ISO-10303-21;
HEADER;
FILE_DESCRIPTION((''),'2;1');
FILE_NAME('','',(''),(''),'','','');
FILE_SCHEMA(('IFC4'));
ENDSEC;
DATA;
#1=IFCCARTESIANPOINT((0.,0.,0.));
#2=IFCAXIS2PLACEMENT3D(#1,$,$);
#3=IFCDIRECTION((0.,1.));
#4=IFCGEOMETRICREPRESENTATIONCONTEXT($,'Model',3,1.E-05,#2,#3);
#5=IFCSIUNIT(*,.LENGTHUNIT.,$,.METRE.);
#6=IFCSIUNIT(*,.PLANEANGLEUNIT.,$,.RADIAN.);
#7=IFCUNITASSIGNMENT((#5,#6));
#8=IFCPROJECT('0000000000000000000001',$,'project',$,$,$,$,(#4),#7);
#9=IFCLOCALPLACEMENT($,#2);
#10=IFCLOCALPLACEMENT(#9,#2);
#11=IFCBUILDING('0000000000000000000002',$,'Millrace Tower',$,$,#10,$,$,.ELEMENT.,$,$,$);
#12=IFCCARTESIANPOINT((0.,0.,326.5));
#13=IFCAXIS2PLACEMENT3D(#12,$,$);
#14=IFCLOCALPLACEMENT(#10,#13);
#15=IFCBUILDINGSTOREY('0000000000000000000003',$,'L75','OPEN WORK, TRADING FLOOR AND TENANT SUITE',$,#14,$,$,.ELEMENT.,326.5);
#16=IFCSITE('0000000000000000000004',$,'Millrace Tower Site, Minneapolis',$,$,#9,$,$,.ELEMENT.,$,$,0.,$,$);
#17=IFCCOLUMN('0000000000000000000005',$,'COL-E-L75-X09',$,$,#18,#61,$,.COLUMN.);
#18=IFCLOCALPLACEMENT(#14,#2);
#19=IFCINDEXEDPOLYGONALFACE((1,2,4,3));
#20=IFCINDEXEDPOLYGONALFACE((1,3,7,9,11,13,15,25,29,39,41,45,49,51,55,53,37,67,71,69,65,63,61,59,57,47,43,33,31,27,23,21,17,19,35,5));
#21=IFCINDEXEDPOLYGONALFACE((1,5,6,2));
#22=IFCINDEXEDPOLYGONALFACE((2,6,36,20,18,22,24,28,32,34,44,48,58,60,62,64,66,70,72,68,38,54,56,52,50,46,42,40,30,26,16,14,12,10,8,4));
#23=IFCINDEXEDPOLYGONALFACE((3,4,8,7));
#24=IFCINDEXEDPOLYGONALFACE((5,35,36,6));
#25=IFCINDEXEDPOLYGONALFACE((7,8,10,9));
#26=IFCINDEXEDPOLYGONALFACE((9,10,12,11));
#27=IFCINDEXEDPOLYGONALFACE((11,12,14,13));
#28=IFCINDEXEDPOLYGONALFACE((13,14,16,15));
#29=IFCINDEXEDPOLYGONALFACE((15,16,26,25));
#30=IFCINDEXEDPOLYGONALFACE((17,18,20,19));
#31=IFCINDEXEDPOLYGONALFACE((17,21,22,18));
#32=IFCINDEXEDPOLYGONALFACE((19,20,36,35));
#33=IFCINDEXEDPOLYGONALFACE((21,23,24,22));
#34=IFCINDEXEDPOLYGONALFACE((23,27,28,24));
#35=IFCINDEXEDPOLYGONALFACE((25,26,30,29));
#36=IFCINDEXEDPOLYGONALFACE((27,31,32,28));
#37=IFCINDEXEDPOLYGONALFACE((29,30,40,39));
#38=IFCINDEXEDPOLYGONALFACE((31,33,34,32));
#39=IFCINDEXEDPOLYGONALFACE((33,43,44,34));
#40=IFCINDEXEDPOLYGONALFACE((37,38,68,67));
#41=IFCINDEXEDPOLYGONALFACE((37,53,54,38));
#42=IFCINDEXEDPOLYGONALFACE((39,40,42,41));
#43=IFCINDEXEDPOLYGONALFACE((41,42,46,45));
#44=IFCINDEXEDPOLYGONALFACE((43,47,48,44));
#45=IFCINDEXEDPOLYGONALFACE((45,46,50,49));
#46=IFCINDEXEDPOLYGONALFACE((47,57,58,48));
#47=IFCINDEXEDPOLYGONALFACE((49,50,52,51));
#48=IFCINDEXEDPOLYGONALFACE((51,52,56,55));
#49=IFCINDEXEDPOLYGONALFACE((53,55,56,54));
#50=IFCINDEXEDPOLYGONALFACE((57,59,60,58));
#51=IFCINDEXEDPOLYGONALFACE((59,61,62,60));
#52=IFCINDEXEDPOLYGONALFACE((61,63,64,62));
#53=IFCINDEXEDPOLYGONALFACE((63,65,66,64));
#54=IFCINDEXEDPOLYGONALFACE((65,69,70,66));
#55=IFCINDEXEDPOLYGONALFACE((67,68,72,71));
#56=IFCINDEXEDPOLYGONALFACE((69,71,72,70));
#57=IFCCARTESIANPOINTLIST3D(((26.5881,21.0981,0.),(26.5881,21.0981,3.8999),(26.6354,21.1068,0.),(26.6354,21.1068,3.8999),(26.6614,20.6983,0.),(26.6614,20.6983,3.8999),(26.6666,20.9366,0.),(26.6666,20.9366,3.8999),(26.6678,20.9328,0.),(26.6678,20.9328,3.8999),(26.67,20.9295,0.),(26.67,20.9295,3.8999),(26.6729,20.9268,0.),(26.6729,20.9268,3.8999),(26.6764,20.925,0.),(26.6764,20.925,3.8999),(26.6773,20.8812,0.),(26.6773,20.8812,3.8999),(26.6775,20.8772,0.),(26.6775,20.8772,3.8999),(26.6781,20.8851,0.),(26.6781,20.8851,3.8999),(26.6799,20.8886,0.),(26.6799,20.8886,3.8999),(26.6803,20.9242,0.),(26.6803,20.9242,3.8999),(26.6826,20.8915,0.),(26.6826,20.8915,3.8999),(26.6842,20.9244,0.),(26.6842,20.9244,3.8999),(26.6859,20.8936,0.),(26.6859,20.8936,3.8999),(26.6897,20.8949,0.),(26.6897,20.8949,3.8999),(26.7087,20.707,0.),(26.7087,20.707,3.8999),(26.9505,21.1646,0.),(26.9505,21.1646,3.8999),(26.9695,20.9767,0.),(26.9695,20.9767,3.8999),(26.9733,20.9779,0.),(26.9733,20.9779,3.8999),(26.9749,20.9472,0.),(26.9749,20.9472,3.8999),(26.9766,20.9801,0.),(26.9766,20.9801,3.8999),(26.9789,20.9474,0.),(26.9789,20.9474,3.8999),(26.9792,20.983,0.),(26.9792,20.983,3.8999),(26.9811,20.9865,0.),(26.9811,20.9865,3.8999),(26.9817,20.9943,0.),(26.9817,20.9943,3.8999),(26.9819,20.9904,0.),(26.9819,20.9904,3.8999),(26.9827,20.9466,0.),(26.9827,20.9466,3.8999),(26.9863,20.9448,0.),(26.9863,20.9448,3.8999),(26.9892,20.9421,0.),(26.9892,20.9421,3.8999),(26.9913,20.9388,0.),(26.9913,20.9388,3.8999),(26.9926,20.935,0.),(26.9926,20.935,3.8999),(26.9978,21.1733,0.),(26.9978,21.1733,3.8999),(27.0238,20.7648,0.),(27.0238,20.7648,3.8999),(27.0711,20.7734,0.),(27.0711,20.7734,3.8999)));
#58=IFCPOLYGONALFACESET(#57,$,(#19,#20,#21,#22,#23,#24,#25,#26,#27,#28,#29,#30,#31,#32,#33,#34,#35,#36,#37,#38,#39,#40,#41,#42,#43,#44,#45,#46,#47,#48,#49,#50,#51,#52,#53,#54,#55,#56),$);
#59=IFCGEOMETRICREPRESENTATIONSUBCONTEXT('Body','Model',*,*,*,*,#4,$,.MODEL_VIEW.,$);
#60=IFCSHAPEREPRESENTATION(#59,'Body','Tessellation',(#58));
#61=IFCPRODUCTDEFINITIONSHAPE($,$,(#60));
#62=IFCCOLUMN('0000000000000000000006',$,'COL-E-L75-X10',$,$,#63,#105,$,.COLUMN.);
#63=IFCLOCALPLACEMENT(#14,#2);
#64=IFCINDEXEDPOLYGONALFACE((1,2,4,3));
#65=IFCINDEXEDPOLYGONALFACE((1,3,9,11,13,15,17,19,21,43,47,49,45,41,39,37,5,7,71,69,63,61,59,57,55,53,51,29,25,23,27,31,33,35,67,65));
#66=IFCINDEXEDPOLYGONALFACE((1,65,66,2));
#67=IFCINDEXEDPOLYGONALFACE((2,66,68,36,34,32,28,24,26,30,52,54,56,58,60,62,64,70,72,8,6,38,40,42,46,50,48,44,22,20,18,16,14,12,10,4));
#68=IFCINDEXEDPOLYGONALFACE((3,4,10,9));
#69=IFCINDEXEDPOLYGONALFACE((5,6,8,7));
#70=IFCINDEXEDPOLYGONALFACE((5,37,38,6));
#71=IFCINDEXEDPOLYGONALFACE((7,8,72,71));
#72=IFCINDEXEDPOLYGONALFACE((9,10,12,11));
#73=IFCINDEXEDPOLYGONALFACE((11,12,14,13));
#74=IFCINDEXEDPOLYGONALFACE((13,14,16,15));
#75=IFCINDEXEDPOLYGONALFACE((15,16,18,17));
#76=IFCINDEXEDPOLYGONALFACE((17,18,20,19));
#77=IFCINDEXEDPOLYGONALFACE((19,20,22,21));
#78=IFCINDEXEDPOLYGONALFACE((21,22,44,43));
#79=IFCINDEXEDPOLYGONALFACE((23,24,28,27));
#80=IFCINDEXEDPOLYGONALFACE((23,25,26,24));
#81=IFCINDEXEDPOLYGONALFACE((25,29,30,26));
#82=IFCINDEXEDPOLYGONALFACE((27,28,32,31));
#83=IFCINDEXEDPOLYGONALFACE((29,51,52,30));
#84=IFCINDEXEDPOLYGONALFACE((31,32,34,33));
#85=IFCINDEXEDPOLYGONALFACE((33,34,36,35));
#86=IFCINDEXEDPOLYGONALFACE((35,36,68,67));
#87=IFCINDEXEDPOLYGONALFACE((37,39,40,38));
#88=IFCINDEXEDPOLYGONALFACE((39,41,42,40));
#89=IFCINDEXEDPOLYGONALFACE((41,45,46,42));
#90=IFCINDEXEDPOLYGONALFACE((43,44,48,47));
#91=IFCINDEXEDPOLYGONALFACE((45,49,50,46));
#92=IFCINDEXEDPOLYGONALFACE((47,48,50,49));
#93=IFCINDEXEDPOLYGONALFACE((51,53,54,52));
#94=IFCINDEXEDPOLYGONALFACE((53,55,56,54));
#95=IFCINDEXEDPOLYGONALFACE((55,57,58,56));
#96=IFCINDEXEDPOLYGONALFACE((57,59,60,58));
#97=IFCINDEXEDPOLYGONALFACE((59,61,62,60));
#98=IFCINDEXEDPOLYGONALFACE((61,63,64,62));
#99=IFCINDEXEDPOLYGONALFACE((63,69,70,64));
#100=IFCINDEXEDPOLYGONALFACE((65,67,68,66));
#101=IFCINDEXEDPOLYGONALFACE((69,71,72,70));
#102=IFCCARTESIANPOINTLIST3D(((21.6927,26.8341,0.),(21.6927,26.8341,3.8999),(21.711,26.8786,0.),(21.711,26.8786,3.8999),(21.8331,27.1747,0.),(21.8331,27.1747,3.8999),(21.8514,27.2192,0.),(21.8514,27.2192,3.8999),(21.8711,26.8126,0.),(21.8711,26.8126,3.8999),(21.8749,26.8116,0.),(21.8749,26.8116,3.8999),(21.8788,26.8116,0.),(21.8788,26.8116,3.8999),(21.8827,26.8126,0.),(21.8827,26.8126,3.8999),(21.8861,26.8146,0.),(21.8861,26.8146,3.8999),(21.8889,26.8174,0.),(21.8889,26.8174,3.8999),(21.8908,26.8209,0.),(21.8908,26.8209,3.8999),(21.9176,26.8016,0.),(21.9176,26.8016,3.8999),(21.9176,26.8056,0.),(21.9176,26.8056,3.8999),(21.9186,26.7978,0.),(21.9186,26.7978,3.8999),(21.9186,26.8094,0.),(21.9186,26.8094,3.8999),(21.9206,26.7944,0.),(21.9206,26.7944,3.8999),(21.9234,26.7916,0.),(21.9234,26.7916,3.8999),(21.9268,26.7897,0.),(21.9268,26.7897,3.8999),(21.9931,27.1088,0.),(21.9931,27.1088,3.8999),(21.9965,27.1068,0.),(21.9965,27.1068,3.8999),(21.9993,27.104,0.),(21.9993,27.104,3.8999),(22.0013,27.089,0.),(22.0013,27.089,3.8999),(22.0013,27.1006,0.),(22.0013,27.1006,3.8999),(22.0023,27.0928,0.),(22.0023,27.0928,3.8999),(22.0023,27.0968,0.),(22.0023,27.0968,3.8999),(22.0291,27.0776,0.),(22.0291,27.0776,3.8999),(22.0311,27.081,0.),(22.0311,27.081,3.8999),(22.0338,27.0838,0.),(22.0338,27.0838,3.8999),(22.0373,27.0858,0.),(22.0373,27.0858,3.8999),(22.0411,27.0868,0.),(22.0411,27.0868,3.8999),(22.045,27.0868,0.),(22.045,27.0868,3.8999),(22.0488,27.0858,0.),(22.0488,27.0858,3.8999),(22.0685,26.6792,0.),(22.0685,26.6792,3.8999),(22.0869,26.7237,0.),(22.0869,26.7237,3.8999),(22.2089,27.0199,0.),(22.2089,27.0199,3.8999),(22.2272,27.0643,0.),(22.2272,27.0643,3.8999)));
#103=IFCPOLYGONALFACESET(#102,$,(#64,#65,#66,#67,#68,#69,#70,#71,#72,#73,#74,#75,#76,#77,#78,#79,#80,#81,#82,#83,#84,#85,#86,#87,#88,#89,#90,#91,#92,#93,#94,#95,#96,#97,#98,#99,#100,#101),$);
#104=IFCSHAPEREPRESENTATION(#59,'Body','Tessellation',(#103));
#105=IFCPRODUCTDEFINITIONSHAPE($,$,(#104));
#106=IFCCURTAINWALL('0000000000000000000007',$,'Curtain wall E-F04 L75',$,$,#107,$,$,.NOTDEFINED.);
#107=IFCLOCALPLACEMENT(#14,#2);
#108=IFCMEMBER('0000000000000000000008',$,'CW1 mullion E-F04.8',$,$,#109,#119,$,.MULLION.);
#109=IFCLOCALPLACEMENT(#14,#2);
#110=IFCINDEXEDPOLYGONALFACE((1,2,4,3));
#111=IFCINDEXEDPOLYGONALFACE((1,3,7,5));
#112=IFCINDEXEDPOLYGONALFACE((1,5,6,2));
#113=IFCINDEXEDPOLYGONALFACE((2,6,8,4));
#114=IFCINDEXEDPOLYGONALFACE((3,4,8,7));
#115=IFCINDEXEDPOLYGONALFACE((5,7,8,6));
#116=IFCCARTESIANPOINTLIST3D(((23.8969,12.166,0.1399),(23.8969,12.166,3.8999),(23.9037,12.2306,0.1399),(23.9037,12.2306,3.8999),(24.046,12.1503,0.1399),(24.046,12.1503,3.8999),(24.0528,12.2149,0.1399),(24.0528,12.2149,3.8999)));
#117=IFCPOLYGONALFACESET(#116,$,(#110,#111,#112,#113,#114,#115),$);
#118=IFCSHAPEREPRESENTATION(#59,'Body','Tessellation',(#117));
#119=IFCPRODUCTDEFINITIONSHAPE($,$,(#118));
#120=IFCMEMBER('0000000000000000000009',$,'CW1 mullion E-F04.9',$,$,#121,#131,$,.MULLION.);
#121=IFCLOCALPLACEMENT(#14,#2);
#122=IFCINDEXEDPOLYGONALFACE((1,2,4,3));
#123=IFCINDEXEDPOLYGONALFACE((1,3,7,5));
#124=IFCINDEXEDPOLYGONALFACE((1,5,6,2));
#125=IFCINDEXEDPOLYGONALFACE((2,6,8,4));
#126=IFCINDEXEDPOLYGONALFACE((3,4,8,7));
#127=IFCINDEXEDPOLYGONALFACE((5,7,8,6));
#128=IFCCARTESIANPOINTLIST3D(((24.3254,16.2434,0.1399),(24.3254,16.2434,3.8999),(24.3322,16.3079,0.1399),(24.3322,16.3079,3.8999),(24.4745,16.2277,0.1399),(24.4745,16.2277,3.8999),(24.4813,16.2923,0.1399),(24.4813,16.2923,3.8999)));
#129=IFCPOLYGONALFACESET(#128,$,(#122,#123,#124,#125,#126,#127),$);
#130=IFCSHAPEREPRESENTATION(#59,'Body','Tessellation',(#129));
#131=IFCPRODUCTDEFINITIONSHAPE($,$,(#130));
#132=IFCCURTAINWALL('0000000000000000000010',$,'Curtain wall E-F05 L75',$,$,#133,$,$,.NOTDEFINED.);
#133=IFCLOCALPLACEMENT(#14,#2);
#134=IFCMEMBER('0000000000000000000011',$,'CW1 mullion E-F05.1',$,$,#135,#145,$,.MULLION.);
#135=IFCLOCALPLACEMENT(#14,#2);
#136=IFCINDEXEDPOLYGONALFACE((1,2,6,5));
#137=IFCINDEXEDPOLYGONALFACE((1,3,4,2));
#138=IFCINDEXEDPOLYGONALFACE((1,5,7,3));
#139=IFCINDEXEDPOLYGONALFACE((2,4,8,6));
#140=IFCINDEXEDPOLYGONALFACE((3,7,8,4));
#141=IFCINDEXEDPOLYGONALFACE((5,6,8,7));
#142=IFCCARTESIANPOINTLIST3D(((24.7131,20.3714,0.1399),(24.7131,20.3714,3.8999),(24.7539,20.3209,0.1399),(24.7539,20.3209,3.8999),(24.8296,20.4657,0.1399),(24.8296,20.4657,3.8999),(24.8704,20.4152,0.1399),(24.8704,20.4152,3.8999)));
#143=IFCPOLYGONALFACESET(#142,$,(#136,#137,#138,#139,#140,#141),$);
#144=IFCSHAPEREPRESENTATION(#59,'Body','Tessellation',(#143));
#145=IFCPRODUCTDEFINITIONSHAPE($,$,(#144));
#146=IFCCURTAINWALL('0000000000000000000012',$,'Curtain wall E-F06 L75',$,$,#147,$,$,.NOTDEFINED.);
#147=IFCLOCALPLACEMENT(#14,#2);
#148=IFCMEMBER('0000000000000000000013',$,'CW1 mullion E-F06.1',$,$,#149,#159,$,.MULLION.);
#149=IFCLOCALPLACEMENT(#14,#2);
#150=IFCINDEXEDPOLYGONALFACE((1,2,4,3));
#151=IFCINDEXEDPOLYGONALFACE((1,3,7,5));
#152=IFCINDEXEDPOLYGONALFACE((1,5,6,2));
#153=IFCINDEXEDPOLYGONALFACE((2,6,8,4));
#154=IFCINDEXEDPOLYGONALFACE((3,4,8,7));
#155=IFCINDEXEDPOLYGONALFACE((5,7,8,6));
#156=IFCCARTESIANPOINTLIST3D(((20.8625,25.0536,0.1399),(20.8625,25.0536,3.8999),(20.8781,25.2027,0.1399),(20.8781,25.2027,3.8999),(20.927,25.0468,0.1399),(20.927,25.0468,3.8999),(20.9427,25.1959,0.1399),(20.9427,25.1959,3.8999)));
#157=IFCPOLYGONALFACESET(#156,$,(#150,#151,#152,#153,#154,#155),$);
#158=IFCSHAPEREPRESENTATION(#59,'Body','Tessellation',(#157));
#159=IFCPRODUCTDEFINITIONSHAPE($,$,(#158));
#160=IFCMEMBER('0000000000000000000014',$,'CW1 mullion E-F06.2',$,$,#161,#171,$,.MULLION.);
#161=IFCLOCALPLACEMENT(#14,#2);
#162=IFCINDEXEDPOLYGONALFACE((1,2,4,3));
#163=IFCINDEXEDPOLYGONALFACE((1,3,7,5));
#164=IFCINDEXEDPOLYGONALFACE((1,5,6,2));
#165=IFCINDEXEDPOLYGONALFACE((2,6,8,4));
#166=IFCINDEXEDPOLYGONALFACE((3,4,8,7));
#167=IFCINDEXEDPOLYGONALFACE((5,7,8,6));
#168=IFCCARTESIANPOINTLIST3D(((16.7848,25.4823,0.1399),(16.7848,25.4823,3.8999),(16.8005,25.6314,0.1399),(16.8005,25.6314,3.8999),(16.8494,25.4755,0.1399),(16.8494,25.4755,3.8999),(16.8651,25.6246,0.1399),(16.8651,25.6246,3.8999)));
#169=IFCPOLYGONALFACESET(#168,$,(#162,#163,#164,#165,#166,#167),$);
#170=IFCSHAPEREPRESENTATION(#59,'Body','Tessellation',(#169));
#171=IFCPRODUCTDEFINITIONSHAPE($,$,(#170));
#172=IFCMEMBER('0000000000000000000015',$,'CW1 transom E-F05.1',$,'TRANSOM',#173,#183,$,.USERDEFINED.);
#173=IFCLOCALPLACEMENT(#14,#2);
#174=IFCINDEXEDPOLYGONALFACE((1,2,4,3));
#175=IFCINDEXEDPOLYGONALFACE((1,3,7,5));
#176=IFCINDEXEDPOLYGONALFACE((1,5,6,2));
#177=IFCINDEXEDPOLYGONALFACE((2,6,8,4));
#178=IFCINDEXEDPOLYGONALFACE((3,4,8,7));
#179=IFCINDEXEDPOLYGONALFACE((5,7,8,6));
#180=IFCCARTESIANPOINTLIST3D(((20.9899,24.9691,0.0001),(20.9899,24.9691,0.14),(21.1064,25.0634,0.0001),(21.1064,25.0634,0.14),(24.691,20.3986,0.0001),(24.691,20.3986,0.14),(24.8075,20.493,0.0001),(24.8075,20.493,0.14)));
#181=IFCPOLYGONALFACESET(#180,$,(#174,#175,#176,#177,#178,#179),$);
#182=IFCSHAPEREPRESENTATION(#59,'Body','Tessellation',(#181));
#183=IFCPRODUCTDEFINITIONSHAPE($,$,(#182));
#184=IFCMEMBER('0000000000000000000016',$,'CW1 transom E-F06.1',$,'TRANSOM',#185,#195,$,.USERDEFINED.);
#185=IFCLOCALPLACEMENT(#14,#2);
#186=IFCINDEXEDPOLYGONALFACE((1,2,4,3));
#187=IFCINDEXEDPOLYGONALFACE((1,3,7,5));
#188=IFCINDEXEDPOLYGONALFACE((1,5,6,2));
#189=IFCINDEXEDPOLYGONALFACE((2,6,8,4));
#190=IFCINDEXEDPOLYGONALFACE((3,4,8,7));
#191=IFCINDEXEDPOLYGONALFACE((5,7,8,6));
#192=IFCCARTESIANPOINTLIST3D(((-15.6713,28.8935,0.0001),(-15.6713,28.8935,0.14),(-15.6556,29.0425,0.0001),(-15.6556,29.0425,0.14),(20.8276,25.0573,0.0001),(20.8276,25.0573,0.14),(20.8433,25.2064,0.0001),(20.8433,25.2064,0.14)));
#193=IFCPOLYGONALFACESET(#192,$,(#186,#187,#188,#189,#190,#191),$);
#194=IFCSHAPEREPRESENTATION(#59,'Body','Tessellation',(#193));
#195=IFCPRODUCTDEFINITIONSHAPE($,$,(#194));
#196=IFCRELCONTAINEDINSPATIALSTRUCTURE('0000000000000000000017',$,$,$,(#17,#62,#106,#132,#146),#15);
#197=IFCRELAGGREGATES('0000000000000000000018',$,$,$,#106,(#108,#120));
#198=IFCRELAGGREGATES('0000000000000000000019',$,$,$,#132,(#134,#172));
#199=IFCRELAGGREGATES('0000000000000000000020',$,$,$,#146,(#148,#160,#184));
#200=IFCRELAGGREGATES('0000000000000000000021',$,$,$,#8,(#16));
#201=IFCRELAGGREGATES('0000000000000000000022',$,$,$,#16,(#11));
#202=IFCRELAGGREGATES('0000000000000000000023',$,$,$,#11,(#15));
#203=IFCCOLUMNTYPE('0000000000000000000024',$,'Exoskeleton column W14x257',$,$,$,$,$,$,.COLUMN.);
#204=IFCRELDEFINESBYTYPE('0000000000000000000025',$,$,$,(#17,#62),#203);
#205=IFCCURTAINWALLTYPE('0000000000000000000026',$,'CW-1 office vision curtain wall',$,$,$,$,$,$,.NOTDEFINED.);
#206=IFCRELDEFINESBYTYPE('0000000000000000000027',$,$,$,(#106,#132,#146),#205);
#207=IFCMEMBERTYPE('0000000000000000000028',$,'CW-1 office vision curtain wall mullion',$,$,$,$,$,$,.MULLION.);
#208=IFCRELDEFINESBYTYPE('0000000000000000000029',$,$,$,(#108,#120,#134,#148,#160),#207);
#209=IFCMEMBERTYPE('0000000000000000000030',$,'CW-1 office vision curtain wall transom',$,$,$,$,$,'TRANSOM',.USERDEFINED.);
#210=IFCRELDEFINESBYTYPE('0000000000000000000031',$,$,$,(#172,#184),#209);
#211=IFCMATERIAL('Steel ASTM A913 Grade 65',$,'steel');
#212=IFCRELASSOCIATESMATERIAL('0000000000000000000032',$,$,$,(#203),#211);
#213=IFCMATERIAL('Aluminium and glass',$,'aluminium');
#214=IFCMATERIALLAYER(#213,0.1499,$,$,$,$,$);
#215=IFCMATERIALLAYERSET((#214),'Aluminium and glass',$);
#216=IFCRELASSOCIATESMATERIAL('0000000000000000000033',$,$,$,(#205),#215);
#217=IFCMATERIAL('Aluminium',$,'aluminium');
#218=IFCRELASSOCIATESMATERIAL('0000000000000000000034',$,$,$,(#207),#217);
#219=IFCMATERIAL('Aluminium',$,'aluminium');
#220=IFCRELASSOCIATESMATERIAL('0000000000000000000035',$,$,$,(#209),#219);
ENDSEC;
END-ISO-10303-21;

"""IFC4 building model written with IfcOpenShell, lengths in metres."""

from ifc_helpers import new_model, si_unit, direction, frame, origin, origin_2d, place, context, subcontext, project, spatial, rectangle, i_section, extrude, material, layer, layer_set, material_profile, profile_set, type_object, element, aggregate, save


model = new_model("IFC4")

# Units and contexts
model_context = context("Model", 3, precision=1e-05, world=origin(), true_north=direction((0.0, 1.0)))
body_context = subcontext(model_context, "Body", "Model", "MODEL_VIEW")
ifc_project = project(units=[si_unit("LENGTHUNIT", "METRE"), si_unit("PLANEANGLEUNIT", "RADIAN")], contexts=[model_context])

# Site, building, storey
site_placement = place(None, origin())
site = spatial("IfcSite", under=ifc_project, at=site_placement, Name="Millrace Tower Site, Minneapolis", CompositionType="ELEMENT", RefElevation=0.0)
building_placement = place(site_placement, origin())
building = spatial("IfcBuilding", under=site, at=building_placement, Name="Millrace Tower", CompositionType="ELEMENT")
storey_placement = place(building_placement, frame((0.0, 0.0, 326.5)))
storey = spatial("IfcBuildingStorey", under=building, at=storey_placement, Name="L75", Description="OPEN WORK, TRADING FLOOR AND TENANT SUITE", CompositionType="ELEMENT", Elevation=326.5)

# Columns
ifc_material_1 = material(Name="Steel ASTM A913 Grade 65", Category="steel")
ifc_material_profile_1 = material_profile(ifc_material_1, i_section(OverallWidth=0.4065, OverallDepth=0.4165, WebThickness=0.03, FlangeThickness=0.0481, FilletRadius=0.0151, at=origin_2d()))
ifc_profile_set_1 = profile_set([ifc_material_profile_1], Name="Steel ASTM A913 Grade 65")
column_type = type_object("IfcColumnType", Name="Exoskeleton column W14x257", PredefinedType="COLUMN", material=ifc_profile_set_1)
for number, where, z_axis, x_axis, name in (
    (1, (26.8296, 20.9358, 0.0), (0.0, 0.0, 1.0), (-0.180387, 0.983596, 0.0), "COL-E-L75-X09"),
    (2, (21.96, 26.9492, 0.0), (0.0, 0.0, 1.0), (-0.924597, 0.380947, 0.0), "COL-E-L75-X10"),
):
    element("IfcColumn", number, at=place(storey_placement, frame(where, z_axis=z_axis, x_axis=x_axis)), inside=storey, type_object=column_type, Name=name, PredefinedType="COLUMN", context=body_context, shape_type="SweptSolid", body=[
        extrude(i_section(OverallWidth=0.4065, OverallDepth=0.4165, WebThickness=0.03, FlangeThickness=0.0481, FilletRadius=0.0151, at=origin_2d()), origin(), (0.0, 0.0, 1.0), 3.8999),
    ])

# Curtain wall, members
ifc_material_2 = material(Name="Aluminium and glass", Category="aluminium")
ifc_layer_1 = layer(ifc_material_2, 0.1499)
ifc_layer_set_1 = layer_set([ifc_layer_1], Name="Aluminium and glass")
curtain_wall_type = type_object("IfcCurtainWallType", Name="CW-1 office vision curtain wall", PredefinedType="NOTDEFINED", material=ifc_layer_set_1)
placement = place(storey_placement, origin())
curtain_wall_1 = element("IfcCurtainWall", 3, at=placement, inside=storey, type_object=curtain_wall_type, Name="Curtain wall E-F04 L75", PredefinedType="NOTDEFINED")
ifc_material_3 = material(Name="Aluminium", Category="aluminium")
ifc_material_profile_2 = material_profile(ifc_material_3, rectangle(XDim=0.0649, YDim=0.1499, at=origin_2d()))
ifc_profile_set_2 = profile_set([ifc_material_profile_2], Name="Aluminium")
member_type_1 = type_object("IfcMemberType", Name="CW-1 office vision curtain wall mullion", PredefinedType="MULLION", material=ifc_profile_set_2)
member_1_placement = place(storey_placement, frame((23.9749, 12.1904, 0.1399), z_axis=(0.0, 0.0, 1.0), x_axis=(0.104528, 0.994522, 0.0)))
member_1 = element("IfcMember", 4, at=member_1_placement, type_object=member_type_1, Name="CW1 mullion E-F04.8", PredefinedType="MULLION", context=body_context, shape_type="SweptSolid", body=[
    extrude(rectangle(XDim=0.0649, YDim=0.1499, at=origin_2d()), origin(), (0.0, 0.0, 1.0), 3.76),
])
member_2_placement = place(storey_placement, frame((24.4033, 16.2678, 0.1399), z_axis=(0.0, 0.0, 1.0), x_axis=(0.104528, 0.994522, 0.0)))
member_2 = element("IfcMember", 5, at=member_2_placement, type_object=member_type_1, Name="CW1 mullion E-F04.9", PredefinedType="MULLION", context=body_context, shape_type="SweptSolid", body=[
    extrude(rectangle(XDim=0.0649, YDim=0.1499, at=origin_2d()), origin(), (0.0, 0.0, 1.0), 3.76),
])
aggregate(curtain_wall_1, [member_1, member_2])

# Curtain wall, member
curtain_wall_2 = element("IfcCurtainWall", 6, at=placement, inside=storey, type_object=curtain_wall_type, Name="Curtain wall E-F05 L75", PredefinedType="NOTDEFINED")
member_3_placement = place(storey_placement, frame((24.7917, 20.3933, 0.1399), z_axis=(0.0, 0.0, 1.0), x_axis=(-0.62932, 0.777146, 0.0)))
member_3 = element("IfcMember", 7, at=member_3_placement, type_object=member_type_1, Name="CW1 mullion E-F05.1", PredefinedType="MULLION", context=body_context, shape_type="SweptSolid", body=[
    extrude(rectangle(XDim=0.0649, YDim=0.1499, at=origin_2d()), origin(), (0.0, 0.0, 1.0), 3.76),
])

# Curtain wall, members
curtain_wall_3 = element("IfcCurtainWall", 8, at=placement, inside=storey, type_object=curtain_wall_type, Name="Curtain wall E-F06 L75", PredefinedType="NOTDEFINED")
member_4_placement = place(storey_placement, frame((20.9026, 25.1248, 0.1399), z_axis=(0.0, 0.0, 1.0), x_axis=(-0.994522, 0.104528, 0.0)))
member_4 = element("IfcMember", 9, at=member_4_placement, type_object=member_type_1, Name="CW1 mullion E-F06.1", PredefinedType="MULLION", context=body_context, shape_type="SweptSolid", body=[
    extrude(rectangle(XDim=0.0649, YDim=0.1499, at=origin_2d()), origin(), (0.0, 0.0, 1.0), 3.76),
])
member_5_placement = place(storey_placement, frame((16.825, 25.5535, 0.1399), z_axis=(0.0, 0.0, 1.0), x_axis=(-0.994522, 0.104528, 0.0)))
member_5 = element("IfcMember", 10, at=member_5_placement, type_object=member_type_1, Name="CW1 mullion E-F06.2", PredefinedType="MULLION", context=body_context, shape_type="SweptSolid", body=[
    extrude(rectangle(XDim=0.0649, YDim=0.1499, at=origin_2d()), origin(), (0.0, 0.0, 1.0), 3.76),
])

# Members
ifc_material_4 = material(Name="Aluminium", Category="aluminium")
ifc_material_profile_3 = material_profile(ifc_material_4, rectangle(XDim=0.1499, YDim=0.1399, at=origin_2d()))
ifc_profile_set_3 = profile_set([ifc_material_profile_3], Name="Aluminium")
member_type_2 = type_object("IfcMemberType", Name="CW-1 office vision curtain wall transom", ElementType="TRANSOM", PredefinedType="USERDEFINED", material=ifc_profile_set_3)
member_6_placement = place(storey_placement, frame((24.7493, 20.4458, 0.0701), z_axis=(-0.629321, 0.777145, 0.0), x_axis=(-0.777145, -0.629321, 0.0)))
member_6 = element("IfcMember", 11, at=member_6_placement, type_object=member_type_2, Name="CW1 transom E-F05.1", ObjectType="TRANSOM", PredefinedType="USERDEFINED", context=body_context, shape_type="SweptSolid", body=[
    extrude(rectangle(XDim=0.1499, YDim=0.1399, at=origin_2d()), origin(), (0.0, 0.0, 1.0), 5.8811),
])
aggregate(curtain_wall_2, [member_3, member_6])
member_7_placement = place(storey_placement, frame((20.8354, 25.1318, 0.0701), z_axis=(-0.994522, 0.104528, 0.0), x_axis=(-0.104528, -0.994522, 0.0)))
member_7 = element("IfcMember", 12, at=member_7_placement, type_object=member_type_2, Name="CW1 transom E-F06.1", ObjectType="TRANSOM", PredefinedType="USERDEFINED", context=body_context, shape_type="SweptSolid", body=[
    extrude(rectangle(XDim=0.1499, YDim=0.1399, at=origin_2d()), origin(), (0.0, 0.0, 1.0), 36.7),
])
aggregate(curtain_wall_3, [member_4, member_5, member_7])

save(model, "model.ifc")
